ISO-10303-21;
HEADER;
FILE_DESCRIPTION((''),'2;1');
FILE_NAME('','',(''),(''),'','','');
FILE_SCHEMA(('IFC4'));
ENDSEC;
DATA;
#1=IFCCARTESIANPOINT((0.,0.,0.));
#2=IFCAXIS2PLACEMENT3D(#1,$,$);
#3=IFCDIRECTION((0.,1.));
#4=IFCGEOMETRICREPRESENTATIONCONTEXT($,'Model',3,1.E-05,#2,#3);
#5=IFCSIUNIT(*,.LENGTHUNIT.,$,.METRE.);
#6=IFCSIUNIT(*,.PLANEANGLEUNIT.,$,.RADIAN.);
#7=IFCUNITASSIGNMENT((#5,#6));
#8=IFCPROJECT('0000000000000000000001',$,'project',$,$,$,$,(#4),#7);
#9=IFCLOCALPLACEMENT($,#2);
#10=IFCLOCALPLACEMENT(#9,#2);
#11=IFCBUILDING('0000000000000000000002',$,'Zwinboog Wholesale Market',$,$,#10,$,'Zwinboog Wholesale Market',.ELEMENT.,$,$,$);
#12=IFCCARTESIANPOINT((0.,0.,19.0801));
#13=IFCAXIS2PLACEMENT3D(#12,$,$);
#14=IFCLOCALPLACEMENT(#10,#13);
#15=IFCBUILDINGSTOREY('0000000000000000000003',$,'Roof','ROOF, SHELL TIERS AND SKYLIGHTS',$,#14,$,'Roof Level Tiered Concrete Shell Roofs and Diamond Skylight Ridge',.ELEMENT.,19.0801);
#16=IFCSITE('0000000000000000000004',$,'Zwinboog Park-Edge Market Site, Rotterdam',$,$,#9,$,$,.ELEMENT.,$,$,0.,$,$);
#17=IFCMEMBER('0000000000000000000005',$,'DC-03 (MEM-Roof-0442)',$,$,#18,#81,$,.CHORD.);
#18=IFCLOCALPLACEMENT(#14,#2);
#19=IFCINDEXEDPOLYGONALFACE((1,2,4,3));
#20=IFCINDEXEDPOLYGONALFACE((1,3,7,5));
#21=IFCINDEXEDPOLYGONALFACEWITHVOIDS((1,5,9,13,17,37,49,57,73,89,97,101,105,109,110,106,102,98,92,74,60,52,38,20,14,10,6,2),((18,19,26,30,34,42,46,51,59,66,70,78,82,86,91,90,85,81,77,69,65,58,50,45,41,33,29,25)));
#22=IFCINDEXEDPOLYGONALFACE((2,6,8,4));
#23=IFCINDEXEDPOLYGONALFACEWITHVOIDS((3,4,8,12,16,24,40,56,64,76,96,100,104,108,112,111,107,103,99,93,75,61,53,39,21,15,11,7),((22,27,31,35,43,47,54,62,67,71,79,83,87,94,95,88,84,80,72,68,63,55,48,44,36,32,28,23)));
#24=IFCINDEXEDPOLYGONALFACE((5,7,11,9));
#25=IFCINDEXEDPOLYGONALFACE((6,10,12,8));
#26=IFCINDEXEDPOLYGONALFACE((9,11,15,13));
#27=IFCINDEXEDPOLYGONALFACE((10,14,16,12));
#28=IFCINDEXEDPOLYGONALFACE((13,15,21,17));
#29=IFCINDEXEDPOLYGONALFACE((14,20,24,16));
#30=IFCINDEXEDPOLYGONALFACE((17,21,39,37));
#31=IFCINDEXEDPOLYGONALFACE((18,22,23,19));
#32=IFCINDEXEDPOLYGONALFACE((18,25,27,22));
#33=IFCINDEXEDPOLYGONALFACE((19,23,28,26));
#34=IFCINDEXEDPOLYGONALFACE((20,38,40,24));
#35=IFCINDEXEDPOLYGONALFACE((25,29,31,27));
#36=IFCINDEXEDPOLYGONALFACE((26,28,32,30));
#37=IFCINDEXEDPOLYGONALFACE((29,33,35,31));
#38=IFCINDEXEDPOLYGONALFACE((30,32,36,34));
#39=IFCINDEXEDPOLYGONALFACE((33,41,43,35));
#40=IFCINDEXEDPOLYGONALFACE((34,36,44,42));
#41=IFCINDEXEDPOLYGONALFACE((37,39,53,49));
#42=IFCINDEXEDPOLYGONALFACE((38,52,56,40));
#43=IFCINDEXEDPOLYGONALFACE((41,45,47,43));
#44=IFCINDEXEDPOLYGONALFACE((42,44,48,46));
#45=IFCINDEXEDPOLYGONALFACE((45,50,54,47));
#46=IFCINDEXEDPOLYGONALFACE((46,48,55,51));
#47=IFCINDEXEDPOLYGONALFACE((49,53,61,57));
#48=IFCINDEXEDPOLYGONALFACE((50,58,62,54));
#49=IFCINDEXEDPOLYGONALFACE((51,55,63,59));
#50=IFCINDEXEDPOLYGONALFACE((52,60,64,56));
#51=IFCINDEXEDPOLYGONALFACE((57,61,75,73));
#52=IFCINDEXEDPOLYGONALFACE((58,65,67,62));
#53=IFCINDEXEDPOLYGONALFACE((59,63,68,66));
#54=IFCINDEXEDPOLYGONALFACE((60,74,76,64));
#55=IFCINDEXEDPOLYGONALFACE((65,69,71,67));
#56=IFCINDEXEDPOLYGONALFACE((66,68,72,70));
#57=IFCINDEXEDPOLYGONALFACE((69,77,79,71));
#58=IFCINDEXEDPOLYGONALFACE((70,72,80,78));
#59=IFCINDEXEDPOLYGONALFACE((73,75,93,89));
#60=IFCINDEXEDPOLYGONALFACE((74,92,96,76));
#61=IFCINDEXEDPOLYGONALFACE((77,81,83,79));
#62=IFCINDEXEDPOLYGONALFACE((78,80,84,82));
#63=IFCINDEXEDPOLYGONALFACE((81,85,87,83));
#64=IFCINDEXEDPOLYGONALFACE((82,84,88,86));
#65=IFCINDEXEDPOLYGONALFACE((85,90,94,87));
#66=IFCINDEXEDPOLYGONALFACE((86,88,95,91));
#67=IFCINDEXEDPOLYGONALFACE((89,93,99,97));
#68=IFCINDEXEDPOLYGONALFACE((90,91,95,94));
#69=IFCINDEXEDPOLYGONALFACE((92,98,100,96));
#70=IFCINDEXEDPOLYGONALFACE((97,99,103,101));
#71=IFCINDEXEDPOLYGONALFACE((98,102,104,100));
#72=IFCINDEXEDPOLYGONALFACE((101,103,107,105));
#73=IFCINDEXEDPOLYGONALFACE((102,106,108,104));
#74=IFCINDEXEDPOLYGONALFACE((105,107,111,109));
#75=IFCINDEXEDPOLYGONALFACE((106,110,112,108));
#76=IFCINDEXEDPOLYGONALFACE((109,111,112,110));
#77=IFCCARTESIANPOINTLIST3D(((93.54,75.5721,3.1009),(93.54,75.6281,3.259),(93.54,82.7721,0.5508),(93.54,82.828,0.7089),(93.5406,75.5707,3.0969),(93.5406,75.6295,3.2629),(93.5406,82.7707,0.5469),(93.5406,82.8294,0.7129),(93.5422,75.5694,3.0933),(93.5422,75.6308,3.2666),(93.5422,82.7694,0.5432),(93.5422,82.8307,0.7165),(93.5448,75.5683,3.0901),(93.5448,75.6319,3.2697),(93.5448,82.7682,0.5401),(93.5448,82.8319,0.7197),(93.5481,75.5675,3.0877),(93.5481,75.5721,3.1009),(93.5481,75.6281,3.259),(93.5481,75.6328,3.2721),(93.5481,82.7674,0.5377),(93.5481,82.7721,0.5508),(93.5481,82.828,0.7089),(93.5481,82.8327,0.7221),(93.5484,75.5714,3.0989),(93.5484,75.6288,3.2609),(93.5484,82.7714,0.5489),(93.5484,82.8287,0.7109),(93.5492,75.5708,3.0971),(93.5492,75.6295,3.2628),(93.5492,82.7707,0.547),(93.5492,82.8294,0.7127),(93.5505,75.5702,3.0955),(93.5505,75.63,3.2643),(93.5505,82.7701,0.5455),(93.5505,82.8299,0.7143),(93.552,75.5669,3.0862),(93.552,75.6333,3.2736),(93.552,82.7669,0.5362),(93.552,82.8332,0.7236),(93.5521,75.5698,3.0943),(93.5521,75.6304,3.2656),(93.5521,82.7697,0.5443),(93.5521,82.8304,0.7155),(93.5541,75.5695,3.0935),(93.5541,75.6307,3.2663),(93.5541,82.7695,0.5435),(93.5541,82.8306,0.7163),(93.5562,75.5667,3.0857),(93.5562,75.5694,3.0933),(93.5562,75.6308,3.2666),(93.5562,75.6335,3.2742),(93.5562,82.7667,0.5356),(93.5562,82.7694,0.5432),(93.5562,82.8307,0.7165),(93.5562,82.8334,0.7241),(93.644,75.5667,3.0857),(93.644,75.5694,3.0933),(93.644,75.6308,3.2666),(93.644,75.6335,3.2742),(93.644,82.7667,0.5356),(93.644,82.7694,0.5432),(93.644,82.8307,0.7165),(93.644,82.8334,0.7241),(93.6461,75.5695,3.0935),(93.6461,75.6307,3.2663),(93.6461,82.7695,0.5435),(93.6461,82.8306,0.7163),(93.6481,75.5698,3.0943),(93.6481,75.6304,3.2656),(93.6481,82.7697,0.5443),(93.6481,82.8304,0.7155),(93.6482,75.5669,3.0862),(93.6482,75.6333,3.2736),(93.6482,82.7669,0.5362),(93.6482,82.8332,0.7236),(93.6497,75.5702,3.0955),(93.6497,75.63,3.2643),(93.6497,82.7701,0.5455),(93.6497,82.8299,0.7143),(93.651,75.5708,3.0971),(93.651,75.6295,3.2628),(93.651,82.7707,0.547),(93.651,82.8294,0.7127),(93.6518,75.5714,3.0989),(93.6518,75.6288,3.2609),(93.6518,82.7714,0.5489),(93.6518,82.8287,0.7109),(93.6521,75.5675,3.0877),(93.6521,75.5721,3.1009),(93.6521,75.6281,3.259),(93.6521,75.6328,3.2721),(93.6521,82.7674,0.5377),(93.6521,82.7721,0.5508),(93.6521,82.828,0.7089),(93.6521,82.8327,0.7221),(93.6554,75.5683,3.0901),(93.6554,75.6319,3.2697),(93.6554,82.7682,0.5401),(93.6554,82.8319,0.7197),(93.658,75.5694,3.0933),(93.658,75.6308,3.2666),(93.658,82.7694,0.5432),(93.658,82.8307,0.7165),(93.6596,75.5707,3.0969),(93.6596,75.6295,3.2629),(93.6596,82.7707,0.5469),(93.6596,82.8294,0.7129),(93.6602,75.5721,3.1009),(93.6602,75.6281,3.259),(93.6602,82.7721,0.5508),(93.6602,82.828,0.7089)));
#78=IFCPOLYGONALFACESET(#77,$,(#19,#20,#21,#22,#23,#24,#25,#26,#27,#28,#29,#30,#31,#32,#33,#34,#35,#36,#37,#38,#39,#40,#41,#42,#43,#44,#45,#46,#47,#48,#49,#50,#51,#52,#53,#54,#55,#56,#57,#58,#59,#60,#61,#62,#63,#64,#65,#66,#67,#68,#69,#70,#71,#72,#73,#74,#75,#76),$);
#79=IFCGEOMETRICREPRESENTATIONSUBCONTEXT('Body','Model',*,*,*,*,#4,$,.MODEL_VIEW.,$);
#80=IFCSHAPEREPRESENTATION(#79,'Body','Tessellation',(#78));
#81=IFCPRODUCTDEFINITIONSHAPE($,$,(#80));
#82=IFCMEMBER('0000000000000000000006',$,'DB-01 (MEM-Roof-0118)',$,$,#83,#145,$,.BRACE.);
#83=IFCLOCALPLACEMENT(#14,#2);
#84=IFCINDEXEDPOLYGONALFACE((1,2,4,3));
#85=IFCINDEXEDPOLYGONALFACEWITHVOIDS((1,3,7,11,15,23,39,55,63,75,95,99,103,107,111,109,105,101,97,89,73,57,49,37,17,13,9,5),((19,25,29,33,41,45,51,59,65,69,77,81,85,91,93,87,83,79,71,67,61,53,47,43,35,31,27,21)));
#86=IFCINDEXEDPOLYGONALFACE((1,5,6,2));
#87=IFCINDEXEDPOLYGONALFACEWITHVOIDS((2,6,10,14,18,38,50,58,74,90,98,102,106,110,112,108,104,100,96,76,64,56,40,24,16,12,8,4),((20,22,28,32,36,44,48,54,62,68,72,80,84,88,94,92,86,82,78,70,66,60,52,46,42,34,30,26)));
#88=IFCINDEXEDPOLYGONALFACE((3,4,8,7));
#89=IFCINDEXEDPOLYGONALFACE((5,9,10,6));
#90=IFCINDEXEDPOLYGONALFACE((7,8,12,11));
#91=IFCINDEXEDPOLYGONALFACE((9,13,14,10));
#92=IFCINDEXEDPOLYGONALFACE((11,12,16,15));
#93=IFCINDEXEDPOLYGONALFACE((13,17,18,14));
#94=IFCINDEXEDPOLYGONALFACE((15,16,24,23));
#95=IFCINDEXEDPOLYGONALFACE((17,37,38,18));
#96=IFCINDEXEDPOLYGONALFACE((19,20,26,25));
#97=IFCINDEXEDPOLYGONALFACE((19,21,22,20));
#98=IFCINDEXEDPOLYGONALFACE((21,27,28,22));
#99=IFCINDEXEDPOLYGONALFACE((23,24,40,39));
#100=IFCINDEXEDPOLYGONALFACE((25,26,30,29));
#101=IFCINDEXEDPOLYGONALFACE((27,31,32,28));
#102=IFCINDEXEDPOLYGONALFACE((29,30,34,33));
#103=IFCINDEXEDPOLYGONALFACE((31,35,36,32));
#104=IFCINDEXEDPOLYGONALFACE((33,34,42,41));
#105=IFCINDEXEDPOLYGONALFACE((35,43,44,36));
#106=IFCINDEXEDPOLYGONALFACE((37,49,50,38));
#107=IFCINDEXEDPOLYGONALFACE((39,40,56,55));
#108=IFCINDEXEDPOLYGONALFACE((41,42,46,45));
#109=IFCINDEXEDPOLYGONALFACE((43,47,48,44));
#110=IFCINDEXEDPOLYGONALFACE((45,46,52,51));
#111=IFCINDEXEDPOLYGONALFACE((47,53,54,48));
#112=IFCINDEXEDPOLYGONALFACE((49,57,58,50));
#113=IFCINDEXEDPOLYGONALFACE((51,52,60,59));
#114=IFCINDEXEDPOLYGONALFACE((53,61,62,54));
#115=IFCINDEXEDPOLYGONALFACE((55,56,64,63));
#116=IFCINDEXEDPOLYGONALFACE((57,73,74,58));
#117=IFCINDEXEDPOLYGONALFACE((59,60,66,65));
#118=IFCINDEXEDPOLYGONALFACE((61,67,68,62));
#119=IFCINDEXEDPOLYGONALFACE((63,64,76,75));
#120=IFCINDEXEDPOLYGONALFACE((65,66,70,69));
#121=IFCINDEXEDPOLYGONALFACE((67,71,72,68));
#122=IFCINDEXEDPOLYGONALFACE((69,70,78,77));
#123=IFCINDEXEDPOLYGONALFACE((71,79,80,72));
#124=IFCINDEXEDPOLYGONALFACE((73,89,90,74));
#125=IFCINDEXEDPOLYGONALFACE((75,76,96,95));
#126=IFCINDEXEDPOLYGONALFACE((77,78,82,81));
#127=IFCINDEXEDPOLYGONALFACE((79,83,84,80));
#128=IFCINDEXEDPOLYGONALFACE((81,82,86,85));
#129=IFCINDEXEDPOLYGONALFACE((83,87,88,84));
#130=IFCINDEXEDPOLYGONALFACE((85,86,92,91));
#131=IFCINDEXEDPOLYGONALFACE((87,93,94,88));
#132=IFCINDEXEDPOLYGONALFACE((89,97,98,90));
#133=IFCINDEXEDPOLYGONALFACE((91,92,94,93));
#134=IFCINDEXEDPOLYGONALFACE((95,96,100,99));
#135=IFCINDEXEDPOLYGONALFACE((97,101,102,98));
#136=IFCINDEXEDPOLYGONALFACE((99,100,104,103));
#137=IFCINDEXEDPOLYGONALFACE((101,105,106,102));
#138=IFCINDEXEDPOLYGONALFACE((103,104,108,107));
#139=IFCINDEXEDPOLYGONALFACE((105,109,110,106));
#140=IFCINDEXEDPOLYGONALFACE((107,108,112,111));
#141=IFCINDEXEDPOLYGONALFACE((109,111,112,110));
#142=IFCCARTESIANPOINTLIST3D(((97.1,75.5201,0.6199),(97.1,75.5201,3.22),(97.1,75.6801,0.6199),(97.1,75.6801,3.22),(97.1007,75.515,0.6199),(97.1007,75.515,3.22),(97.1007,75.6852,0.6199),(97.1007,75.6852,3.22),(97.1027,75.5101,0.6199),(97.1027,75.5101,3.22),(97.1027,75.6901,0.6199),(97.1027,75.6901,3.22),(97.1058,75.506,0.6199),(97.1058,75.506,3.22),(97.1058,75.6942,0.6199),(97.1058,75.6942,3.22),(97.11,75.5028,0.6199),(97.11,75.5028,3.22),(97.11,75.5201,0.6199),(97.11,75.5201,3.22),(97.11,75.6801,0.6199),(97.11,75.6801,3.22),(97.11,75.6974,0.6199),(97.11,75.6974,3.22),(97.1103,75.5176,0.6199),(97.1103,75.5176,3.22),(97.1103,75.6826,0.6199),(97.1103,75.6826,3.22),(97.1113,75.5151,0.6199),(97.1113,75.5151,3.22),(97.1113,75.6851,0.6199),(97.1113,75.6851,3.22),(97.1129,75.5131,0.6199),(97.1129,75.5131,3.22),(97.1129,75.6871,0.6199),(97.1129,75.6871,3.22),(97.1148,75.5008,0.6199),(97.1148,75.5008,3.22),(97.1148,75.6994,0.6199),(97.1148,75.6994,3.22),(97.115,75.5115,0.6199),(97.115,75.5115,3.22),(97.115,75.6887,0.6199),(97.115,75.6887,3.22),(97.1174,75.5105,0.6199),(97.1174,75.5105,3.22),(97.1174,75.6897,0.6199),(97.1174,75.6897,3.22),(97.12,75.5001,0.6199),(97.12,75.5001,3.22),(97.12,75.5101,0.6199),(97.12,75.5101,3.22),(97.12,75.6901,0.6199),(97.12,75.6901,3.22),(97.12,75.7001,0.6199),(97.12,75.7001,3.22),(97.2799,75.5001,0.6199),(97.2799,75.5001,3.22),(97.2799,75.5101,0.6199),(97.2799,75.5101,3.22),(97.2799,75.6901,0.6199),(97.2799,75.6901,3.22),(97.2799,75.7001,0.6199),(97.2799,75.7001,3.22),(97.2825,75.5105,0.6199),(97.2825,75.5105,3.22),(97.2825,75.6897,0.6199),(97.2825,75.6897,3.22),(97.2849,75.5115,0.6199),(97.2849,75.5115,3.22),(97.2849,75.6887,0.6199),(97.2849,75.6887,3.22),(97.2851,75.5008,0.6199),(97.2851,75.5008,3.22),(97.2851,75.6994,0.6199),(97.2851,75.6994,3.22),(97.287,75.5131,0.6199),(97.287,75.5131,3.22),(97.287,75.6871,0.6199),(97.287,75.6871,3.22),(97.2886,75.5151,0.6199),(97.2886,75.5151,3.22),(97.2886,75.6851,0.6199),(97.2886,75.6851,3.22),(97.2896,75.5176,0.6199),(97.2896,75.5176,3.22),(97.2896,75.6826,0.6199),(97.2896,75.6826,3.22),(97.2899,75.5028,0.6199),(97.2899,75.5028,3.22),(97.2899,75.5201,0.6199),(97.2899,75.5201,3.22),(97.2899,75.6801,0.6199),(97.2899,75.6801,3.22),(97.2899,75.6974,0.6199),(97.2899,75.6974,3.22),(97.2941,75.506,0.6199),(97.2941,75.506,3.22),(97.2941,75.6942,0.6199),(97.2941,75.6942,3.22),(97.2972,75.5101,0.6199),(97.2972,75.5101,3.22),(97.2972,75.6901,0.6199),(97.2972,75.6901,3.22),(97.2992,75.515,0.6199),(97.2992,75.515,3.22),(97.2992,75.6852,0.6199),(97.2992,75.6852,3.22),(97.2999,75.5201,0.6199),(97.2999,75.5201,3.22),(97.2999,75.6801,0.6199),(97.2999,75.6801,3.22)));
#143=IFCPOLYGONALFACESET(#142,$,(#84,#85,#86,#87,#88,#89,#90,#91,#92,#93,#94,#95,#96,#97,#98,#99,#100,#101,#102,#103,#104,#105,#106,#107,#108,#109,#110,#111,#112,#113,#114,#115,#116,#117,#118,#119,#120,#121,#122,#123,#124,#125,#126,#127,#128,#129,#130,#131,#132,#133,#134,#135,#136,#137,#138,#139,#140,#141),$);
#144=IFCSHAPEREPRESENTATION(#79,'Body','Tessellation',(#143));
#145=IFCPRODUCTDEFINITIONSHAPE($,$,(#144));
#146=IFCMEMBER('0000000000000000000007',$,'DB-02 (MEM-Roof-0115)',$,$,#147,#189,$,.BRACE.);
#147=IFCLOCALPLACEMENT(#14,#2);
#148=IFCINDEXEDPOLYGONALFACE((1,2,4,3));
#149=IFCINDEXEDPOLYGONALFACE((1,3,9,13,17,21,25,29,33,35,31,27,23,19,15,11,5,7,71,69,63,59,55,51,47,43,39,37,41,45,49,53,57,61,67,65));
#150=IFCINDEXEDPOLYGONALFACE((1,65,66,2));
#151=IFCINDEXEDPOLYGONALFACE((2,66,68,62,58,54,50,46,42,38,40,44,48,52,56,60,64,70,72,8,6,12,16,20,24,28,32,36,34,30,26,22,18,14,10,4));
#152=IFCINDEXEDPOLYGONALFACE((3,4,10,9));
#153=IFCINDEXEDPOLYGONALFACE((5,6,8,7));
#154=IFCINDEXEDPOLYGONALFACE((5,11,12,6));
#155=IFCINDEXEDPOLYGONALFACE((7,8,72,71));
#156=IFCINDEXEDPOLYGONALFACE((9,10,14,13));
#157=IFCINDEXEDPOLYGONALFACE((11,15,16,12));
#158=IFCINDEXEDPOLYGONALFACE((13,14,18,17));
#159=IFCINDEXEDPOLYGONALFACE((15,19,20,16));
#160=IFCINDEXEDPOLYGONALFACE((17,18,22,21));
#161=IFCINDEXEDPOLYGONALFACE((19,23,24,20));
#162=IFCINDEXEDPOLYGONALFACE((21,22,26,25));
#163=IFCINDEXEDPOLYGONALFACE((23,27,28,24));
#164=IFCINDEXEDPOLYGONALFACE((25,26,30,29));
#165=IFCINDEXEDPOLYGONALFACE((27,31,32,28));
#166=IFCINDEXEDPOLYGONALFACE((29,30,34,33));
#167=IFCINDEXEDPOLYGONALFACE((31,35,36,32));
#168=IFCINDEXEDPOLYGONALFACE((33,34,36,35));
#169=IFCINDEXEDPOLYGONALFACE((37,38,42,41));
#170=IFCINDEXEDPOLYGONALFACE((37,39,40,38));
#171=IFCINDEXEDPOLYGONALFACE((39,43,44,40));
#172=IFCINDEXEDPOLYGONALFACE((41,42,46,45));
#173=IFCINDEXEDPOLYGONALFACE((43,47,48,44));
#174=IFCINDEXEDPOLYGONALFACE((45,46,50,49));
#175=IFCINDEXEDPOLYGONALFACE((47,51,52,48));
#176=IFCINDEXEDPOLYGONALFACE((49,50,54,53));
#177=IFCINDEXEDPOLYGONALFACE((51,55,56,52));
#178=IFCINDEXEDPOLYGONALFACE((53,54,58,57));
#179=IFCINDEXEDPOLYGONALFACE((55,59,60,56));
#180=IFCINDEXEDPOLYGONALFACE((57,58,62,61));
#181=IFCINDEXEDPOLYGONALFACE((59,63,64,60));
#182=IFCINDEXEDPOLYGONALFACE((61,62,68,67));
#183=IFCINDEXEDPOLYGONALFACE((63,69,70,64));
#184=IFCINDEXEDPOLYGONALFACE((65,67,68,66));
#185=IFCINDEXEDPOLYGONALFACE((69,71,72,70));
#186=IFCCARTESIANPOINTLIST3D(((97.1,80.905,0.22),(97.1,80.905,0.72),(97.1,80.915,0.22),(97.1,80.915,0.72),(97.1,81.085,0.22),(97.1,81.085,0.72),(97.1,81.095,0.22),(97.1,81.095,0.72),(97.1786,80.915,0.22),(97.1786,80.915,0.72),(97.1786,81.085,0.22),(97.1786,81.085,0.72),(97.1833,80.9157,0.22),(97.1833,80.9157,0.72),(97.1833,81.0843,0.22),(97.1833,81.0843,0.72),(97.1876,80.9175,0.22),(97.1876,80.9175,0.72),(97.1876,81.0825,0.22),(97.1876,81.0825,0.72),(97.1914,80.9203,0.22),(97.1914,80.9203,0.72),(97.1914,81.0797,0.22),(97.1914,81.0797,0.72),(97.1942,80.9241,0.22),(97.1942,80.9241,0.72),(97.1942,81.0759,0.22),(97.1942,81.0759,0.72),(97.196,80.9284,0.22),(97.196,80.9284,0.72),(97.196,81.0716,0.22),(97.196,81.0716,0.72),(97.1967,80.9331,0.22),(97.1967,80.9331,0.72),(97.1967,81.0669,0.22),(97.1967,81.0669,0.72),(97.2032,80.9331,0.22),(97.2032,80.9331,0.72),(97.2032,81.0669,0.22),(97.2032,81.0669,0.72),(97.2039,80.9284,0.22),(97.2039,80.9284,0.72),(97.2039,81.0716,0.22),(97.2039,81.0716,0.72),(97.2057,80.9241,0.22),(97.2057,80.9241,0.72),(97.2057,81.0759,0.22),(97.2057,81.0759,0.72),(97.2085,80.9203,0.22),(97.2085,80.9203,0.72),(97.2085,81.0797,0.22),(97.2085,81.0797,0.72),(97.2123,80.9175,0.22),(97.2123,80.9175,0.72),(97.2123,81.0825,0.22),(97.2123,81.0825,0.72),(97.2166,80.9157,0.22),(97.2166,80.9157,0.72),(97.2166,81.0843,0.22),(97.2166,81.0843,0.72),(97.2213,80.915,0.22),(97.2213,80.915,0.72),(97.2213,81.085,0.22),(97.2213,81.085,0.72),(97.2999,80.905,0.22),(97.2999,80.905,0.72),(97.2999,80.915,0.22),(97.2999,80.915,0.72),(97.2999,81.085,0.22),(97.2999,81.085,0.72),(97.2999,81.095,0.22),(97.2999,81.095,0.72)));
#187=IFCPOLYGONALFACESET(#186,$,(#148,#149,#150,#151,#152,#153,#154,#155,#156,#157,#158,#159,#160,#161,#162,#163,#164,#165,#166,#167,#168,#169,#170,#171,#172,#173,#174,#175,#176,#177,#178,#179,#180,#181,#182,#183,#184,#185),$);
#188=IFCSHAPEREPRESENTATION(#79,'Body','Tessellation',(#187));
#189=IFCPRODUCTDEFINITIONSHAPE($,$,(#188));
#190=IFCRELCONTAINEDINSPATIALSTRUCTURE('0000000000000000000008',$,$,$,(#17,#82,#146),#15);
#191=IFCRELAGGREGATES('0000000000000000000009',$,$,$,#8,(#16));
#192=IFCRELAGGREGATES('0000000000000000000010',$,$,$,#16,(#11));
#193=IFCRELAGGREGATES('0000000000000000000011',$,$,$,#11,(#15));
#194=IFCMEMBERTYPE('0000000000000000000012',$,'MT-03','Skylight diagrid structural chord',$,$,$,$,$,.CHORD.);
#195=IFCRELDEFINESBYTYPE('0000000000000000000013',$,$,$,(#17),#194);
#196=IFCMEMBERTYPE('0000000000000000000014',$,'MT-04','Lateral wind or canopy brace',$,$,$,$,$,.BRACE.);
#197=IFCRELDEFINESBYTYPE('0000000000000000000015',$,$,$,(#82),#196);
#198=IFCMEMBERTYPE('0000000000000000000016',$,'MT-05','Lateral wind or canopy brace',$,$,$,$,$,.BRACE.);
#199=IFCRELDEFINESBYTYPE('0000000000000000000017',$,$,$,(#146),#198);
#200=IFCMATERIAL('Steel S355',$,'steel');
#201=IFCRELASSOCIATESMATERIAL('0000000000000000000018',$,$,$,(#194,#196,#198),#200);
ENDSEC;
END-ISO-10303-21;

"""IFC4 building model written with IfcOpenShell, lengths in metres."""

from ifc_helpers import new_model, si_unit, direction, frame, origin, origin_2d, place, context, subcontext, project, spatial, hollow_rectangle, i_section, extrude, material, material_profile, profile_set, type_object, element, save


model = new_model("IFC4")

# Units and contexts
model_context = context("Model", 3, precision=1e-05, world=origin(), true_north=direction((0.0, 1.0)))
body_context = subcontext(model_context, "Body", "Model", "MODEL_VIEW")
ifc_project = project(units=[si_unit("LENGTHUNIT", "METRE"), si_unit("PLANEANGLEUNIT", "RADIAN")], contexts=[model_context])

# Site, building, storey
site_placement = place(None, origin())
site = spatial("IfcSite", under=ifc_project, at=site_placement, Name="Zwinboog Park-Edge Market Site, Rotterdam", CompositionType="ELEMENT", RefElevation=0.0)
building_placement = place(site_placement, origin())
building = spatial("IfcBuilding", under=site, at=building_placement, Name="Zwinboog Wholesale Market", LongName="Zwinboog Wholesale Market", CompositionType="ELEMENT")
storey_placement = place(building_placement, frame((0.0, 0.0, 19.0801)))
storey = spatial("IfcBuildingStorey", under=building, at=storey_placement, Name="Roof", Description="ROOF, SHELL TIERS AND SKYLIGHTS", LongName="Roof Level Tiered Concrete Shell Roofs and Diamond Skylight Ridge", CompositionType="ELEMENT", Elevation=19.0801)

# Members
ifc_material_1 = material(Name="Steel S355", Category="steel")
ifc_material_profile_1 = material_profile(ifc_material_1, hollow_rectangle(XDim=0.1201, YDim=0.2, WallThickness=0.0081, InnerFilletRadius=0.0081, OuterFilletRadius=0.0161, at=origin_2d()), Name="RHS 200x120x8")
ifc_profile_set_1 = profile_set([ifc_material_profile_1], Name="Steel S355")
member_type_1 = type_object("IfcMemberType", Name="MT-03", Description="Skylight diagrid structural chord", PredefinedType="CHORD", material=ifc_profile_set_1)
for number, where, z_axis, x_axis, name in (
    (1, (93.6001, 82.8, 0.6299), (0.0, -0.942625, 0.333855), (1.0, 0.0, 0.0), "DC-03 (MEM-Roof-0442)"),
):
    element("IfcMember", number, at=place(storey_placement, frame(where, z_axis=z_axis, x_axis=x_axis)), inside=storey, type_object=member_type_1, Name=name, PredefinedType="CHORD", context=body_context, shape_type="SweptSolid", body=[
        extrude(hollow_rectangle(XDim=0.1201, YDim=0.2, WallThickness=0.0081, InnerFilletRadius=0.0081, OuterFilletRadius=0.0161, at=origin_2d()), origin(), (0.0, 0.0, 1.0), 7.6382),
    ])
ifc_material_profile_2 = material_profile(ifc_material_1, hollow_rectangle(XDim=0.2, YDim=0.2, WallThickness=0.01, InnerFilletRadius=0.01, OuterFilletRadius=0.02, at=origin_2d()), Name="SHS 200x200x10")
ifc_profile_set_2 = profile_set([ifc_material_profile_2], Name="Steel S355")
member_type_2 = type_object("IfcMemberType", Name="MT-04", Description="Lateral wind or canopy brace", PredefinedType="BRACE", material=ifc_profile_set_2)
member_1_placement = place(storey_placement, frame((97.2, 75.6001, 0.6199), z_axis=(0.0, 0.0, 1.0), x_axis=(1.0, 0.0, 0.0)))
element("IfcMember", 2, at=member_1_placement, inside=storey, type_object=member_type_2, Name="DB-01 (MEM-Roof-0118)", PredefinedType="BRACE", context=body_context, shape_type="SweptSolid", body=[
    extrude(hollow_rectangle(XDim=0.2, YDim=0.2, WallThickness=0.01, InnerFilletRadius=0.01, OuterFilletRadius=0.02, at=origin_2d()), origin(), (0.0, 0.0, 1.0), 2.6001),
])
ifc_material_profile_3 = material_profile(ifc_material_1, i_section(OverallWidth=0.2, OverallDepth=0.1899, WebThickness=0.0066, FlangeThickness=0.01, FilletRadius=0.0181, at=origin_2d()), Name="HEA 200")
ifc_profile_set_3 = profile_set([ifc_material_profile_3], Name="Steel S355")
member_type_3 = type_object("IfcMemberType", Name="MT-05", Description="Lateral wind or canopy brace", PredefinedType="BRACE", material=ifc_profile_set_3)
member_2_placement = place(storey_placement, frame((97.2, 81.0, 0.22), z_axis=(0.0, 0.0, 1.0), x_axis=(1.0, 0.0, 0.0)))
element("IfcMember", 3, at=member_2_placement, inside=storey, type_object=member_type_3, Name="DB-02 (MEM-Roof-0115)", PredefinedType="BRACE", context=body_context, shape_type="SweptSolid", body=[
    extrude(i_section(OverallWidth=0.2, OverallDepth=0.1899, WebThickness=0.0066, FlangeThickness=0.01, FilletRadius=0.0181, at=origin_2d()), origin(), (0.0, 0.0, 1.0), 0.5),
])

save(model, "model.ifc")
